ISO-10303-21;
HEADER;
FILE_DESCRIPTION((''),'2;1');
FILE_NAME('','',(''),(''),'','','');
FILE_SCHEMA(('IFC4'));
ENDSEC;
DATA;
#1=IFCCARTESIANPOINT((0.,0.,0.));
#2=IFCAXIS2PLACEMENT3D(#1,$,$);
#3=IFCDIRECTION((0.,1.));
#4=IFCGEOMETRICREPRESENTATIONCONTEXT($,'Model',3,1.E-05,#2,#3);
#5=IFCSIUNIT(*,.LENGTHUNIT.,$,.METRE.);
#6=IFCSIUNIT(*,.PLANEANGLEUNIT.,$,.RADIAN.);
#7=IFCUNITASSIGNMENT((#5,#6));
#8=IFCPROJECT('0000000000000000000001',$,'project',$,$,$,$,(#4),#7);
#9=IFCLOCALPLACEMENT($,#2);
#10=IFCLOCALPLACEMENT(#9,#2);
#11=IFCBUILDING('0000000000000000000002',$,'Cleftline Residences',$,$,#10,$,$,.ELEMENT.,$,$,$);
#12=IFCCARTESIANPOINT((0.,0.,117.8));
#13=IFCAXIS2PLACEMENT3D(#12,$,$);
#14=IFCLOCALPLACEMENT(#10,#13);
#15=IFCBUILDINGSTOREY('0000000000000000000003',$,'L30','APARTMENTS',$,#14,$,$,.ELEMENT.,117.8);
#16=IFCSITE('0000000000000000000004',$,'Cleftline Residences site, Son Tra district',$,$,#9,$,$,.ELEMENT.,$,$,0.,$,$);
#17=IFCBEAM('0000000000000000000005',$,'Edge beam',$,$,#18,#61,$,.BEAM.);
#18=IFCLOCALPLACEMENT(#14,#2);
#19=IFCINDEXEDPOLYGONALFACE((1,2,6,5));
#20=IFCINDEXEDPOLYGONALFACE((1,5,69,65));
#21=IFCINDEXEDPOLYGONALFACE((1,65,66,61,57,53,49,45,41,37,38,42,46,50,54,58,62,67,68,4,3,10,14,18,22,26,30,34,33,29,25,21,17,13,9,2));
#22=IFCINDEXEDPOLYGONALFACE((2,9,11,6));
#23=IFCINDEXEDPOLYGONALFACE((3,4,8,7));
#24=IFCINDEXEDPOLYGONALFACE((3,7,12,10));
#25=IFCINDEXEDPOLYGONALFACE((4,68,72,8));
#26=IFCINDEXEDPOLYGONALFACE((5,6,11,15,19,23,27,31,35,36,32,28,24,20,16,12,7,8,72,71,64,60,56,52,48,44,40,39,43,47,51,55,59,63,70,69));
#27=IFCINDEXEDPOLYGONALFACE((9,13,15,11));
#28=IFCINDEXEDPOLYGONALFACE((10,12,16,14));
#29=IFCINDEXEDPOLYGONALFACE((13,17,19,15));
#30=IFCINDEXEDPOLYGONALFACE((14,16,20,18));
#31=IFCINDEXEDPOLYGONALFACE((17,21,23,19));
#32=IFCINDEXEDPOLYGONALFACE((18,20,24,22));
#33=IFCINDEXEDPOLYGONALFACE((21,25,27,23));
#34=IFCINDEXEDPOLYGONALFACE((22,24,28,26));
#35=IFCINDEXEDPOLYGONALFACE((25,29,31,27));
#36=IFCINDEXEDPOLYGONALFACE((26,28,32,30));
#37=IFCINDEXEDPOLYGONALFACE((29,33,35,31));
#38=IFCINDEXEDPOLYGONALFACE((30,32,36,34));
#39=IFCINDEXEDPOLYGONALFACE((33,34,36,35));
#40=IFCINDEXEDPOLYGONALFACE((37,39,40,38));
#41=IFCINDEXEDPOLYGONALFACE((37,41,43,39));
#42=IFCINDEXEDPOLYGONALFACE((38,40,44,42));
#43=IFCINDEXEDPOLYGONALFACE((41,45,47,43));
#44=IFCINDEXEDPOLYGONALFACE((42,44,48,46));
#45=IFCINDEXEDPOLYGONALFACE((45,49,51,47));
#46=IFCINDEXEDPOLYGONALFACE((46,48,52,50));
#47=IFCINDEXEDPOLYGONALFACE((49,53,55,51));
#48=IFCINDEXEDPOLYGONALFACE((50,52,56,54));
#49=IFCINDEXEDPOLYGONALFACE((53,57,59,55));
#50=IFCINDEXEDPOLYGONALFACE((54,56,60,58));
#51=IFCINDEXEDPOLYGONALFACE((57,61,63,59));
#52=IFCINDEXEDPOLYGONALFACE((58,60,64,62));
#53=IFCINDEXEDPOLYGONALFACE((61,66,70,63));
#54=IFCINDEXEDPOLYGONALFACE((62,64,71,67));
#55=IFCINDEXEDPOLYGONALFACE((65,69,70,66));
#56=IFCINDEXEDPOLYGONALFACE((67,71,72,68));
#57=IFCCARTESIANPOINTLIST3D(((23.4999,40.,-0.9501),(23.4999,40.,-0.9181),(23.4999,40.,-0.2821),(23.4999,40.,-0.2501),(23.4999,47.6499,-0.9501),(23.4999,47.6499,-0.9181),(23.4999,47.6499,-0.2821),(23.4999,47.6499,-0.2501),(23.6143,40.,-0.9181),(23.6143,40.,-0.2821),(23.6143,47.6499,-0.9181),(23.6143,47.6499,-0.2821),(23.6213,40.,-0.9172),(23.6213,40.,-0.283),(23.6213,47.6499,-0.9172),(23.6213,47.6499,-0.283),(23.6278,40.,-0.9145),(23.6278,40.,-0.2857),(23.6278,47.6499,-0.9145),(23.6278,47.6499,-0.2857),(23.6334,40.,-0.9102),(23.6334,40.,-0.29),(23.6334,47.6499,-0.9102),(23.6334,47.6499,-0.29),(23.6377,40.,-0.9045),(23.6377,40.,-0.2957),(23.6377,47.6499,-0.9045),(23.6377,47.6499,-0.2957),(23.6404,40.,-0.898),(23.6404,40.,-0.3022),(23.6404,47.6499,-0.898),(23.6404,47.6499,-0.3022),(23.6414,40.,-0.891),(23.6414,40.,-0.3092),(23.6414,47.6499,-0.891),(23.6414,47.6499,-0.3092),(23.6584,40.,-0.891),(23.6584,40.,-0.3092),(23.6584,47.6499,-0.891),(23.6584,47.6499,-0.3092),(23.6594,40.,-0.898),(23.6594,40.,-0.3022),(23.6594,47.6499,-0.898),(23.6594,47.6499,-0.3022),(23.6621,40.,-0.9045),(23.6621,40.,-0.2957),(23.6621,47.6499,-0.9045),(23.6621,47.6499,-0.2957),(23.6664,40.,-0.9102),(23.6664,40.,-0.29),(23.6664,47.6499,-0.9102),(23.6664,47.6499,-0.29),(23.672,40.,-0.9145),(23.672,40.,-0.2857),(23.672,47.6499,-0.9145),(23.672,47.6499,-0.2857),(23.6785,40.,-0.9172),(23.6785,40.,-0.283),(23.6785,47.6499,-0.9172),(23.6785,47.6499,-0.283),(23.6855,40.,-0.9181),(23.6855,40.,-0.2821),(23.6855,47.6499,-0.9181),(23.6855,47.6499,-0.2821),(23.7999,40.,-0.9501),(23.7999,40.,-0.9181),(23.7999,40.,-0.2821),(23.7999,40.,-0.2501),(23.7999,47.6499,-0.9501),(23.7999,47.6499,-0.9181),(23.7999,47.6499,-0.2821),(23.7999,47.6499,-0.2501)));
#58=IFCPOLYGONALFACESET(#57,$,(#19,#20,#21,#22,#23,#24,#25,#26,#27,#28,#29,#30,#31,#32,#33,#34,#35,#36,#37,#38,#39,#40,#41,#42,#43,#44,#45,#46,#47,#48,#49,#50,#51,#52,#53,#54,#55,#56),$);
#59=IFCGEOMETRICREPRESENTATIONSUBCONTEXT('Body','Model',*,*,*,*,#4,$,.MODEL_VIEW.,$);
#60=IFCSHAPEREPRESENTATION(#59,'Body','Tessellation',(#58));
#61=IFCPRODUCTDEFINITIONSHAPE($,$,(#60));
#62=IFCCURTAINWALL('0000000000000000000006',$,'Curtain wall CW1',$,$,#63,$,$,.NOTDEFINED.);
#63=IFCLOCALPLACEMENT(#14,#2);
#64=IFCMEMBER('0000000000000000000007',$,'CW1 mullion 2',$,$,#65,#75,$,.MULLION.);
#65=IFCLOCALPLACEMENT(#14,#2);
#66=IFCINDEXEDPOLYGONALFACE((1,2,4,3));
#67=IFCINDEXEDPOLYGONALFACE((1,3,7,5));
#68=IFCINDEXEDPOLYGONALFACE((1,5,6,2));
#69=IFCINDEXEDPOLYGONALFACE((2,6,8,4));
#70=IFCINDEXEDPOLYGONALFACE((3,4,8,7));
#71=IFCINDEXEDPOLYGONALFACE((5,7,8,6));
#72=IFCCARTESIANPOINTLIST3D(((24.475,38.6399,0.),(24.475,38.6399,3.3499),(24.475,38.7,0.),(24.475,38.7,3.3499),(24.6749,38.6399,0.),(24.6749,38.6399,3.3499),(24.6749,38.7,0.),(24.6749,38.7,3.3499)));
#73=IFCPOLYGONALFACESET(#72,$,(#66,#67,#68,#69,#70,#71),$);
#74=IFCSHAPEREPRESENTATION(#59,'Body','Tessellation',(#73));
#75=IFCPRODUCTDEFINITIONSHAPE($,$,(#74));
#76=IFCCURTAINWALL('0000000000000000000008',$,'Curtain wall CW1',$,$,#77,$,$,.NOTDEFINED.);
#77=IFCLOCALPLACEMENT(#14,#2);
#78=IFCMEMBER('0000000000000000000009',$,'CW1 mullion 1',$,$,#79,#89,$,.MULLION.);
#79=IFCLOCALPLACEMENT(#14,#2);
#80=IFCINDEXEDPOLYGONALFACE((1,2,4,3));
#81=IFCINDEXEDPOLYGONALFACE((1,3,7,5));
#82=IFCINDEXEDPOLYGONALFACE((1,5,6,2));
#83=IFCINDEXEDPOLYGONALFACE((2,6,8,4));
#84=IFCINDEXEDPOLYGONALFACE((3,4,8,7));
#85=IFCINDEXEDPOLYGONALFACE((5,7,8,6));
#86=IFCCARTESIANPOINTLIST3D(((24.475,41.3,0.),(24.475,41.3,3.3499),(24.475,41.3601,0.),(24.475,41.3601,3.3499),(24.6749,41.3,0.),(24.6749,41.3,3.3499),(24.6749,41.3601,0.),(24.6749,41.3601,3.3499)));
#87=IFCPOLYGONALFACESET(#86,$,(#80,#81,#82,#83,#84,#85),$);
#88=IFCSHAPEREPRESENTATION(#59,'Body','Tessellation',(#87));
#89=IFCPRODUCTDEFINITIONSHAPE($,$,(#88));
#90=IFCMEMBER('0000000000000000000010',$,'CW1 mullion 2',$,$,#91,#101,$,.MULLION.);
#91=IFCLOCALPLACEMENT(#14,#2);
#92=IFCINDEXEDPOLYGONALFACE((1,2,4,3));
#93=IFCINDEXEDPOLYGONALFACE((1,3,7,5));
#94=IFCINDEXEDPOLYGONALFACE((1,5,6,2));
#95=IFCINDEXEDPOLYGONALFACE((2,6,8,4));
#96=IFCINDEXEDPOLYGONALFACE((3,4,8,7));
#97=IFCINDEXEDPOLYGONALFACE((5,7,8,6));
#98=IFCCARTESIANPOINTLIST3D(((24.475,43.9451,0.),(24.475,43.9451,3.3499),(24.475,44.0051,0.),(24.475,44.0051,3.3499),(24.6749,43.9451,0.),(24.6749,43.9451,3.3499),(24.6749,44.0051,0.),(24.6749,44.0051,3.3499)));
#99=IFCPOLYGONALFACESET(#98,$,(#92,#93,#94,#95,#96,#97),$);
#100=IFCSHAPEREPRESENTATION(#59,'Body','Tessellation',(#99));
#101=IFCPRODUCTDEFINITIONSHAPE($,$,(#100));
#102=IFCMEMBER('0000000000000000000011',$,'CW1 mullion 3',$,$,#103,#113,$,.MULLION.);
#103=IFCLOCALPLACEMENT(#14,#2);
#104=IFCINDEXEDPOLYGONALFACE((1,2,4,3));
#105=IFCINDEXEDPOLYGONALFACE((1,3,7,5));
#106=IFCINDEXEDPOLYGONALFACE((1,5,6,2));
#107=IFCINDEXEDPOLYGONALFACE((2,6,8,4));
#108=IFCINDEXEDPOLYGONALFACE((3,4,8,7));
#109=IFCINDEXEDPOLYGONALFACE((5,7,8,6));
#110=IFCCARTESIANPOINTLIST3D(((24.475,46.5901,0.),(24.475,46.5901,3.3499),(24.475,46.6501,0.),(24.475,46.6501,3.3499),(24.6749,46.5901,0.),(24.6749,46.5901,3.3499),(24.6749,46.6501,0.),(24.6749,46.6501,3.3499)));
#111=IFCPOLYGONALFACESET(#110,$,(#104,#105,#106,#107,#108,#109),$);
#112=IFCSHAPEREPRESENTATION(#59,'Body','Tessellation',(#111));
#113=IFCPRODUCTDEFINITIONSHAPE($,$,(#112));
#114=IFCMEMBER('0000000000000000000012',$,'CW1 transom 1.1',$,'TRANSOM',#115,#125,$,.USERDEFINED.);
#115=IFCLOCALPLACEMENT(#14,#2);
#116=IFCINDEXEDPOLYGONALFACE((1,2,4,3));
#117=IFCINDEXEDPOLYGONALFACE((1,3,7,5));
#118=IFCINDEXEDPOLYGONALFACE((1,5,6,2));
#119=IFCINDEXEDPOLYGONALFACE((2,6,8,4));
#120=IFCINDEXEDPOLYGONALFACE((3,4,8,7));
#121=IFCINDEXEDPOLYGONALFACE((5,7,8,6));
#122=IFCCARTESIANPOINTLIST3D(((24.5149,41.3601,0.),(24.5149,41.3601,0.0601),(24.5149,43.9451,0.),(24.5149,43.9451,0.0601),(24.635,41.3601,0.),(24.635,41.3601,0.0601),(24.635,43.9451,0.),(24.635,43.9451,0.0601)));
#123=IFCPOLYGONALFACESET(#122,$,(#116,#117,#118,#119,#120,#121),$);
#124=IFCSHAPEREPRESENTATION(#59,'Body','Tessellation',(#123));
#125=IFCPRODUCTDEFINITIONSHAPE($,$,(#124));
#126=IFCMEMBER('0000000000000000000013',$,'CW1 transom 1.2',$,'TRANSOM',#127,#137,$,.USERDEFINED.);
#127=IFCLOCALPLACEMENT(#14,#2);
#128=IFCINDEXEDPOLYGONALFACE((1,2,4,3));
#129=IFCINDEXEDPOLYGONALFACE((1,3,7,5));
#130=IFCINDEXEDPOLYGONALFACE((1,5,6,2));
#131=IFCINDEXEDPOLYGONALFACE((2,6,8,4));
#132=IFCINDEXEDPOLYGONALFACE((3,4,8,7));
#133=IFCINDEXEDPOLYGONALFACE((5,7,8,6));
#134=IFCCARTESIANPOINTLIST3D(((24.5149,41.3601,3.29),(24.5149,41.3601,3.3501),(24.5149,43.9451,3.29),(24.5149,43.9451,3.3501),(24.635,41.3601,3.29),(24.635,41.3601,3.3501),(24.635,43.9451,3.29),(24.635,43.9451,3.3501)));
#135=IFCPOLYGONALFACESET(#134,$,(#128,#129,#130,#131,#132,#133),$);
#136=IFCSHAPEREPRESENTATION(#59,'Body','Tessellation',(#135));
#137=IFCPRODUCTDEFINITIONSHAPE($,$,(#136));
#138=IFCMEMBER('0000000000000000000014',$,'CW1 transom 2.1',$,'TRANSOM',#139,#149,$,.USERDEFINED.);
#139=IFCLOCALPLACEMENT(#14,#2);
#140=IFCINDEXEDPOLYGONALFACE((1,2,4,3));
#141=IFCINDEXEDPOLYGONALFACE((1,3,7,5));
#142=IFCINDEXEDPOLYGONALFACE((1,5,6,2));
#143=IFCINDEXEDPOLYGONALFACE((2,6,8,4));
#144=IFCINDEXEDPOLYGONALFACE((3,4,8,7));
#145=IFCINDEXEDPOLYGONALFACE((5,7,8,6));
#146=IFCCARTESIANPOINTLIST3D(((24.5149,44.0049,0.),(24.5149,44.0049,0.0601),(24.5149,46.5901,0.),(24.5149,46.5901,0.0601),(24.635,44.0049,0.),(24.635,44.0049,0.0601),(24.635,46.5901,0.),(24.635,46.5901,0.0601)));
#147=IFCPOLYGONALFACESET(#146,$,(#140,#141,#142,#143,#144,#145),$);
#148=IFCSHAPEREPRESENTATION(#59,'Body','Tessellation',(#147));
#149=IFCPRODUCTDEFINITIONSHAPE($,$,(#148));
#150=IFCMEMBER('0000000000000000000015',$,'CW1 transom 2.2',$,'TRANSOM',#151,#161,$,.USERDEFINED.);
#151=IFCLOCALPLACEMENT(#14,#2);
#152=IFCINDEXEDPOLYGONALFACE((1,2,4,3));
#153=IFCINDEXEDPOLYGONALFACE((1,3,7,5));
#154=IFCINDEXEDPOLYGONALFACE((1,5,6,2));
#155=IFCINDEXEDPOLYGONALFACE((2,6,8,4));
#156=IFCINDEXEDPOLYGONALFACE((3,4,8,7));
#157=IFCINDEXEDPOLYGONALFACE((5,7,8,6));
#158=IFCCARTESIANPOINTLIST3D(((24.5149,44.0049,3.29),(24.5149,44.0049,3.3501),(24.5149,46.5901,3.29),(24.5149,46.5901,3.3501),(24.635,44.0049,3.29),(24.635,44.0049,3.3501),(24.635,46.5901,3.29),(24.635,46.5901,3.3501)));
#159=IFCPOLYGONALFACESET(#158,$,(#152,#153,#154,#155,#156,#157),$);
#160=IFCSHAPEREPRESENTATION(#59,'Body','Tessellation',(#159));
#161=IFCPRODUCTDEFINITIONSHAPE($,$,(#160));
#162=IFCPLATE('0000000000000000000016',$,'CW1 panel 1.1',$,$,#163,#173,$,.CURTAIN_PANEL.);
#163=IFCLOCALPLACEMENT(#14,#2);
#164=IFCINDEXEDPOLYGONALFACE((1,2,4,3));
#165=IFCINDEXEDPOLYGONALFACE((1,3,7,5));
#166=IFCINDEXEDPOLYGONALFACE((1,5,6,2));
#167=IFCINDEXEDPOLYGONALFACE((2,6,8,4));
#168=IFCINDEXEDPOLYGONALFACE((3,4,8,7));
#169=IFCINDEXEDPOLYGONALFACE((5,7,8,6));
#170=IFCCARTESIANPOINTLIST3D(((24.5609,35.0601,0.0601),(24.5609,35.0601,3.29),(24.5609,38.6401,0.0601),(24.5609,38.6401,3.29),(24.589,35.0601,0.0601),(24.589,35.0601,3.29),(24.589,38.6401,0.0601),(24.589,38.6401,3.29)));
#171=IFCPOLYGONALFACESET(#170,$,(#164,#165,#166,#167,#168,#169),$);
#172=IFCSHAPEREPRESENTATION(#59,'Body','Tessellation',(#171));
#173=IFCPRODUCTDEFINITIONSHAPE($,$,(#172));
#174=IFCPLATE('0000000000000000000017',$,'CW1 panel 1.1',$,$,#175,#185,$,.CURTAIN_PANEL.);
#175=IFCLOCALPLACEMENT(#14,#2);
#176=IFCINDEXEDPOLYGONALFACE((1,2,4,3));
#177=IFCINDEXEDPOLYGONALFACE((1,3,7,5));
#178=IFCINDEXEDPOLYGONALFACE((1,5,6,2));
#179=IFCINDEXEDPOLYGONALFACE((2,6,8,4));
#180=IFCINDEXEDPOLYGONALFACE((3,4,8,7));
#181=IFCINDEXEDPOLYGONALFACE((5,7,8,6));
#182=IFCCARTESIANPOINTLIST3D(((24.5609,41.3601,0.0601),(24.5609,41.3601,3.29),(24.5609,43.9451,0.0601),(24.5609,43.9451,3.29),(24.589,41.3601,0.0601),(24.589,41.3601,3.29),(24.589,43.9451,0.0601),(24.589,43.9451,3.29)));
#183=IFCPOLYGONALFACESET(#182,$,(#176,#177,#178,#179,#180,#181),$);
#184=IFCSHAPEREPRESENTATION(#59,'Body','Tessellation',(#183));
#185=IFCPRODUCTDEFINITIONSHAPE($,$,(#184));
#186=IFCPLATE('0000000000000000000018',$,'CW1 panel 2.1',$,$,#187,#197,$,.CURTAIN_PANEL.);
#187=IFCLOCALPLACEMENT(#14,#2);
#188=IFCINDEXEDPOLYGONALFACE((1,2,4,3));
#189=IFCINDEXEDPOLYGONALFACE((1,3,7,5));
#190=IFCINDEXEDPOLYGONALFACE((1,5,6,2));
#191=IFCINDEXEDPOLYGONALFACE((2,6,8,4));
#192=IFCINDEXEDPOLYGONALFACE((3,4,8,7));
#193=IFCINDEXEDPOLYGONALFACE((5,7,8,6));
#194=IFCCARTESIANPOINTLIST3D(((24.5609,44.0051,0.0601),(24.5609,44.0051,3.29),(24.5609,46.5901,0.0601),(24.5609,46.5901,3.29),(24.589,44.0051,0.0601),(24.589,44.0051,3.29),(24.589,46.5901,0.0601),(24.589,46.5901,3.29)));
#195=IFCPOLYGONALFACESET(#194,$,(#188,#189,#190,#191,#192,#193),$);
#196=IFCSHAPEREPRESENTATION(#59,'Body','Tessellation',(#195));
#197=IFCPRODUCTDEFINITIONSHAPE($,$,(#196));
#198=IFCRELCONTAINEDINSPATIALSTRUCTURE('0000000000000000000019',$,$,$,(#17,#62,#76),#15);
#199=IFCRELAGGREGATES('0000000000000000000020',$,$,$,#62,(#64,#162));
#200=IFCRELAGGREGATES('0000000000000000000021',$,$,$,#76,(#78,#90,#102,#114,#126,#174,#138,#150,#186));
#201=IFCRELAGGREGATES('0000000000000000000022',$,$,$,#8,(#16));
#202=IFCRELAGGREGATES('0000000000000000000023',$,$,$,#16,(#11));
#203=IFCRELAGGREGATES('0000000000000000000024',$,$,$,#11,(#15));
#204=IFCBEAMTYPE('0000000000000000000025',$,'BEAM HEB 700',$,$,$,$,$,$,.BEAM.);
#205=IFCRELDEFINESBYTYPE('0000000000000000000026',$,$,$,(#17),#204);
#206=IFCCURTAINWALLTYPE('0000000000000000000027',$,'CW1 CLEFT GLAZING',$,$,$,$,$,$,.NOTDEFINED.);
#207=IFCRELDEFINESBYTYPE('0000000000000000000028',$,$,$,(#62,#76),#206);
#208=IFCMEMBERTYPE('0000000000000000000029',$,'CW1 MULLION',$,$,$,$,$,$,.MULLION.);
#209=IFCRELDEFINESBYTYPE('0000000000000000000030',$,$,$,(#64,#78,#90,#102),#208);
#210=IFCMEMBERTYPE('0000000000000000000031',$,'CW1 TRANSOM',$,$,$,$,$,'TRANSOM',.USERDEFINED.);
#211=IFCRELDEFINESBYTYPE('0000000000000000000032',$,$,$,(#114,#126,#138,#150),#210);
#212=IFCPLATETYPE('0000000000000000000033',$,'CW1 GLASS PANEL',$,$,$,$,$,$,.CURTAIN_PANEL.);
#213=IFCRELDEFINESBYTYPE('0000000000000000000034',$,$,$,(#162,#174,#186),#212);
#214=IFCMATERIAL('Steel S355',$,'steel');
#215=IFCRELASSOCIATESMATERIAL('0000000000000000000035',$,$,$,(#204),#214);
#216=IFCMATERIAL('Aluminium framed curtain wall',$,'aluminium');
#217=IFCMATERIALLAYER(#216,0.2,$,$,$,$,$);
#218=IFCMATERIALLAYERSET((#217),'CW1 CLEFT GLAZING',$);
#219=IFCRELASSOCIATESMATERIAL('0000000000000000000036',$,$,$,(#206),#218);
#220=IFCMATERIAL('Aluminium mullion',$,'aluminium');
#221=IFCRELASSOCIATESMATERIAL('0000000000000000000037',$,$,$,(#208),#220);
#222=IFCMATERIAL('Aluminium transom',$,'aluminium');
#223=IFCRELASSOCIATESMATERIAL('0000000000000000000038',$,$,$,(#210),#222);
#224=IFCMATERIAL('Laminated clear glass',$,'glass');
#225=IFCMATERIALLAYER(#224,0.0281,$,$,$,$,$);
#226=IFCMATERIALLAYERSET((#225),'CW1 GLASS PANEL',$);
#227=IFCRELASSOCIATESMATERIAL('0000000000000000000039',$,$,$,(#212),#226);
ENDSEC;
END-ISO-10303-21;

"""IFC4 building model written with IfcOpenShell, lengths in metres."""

from ifc_helpers import new_model, si_unit, direction, frame, origin, origin_2d, place, context, subcontext, project, spatial, rectangle, i_section, extrude, material, layer, layer_set, material_profile, profile_set, type_object, element, aggregate, save


model = new_model("IFC4")

# Units and contexts
model_context = context("Model", 3, precision=1e-05, world=origin(), true_north=direction((0.0, 1.0)))
body_context = subcontext(model_context, "Body", "Model", "MODEL_VIEW")
ifc_project = project(units=[si_unit("LENGTHUNIT", "METRE"), si_unit("PLANEANGLEUNIT", "RADIAN")], contexts=[model_context])

# Site, building, storey
site_placement = place(None, origin())
site = spatial("IfcSite", under=ifc_project, at=site_placement, Name="Cleftline Residences site, Son Tra district", CompositionType="ELEMENT", RefElevation=0.0)
building_placement = place(site_placement, origin())
building = spatial("IfcBuilding", under=site, at=building_placement, Name="Cleftline Residences", CompositionType="ELEMENT")
storey_placement = place(building_placement, frame((0.0, 0.0, 117.8)))
storey = spatial("IfcBuildingStorey", under=building, at=storey_placement, Name="L30", Description="APARTMENTS", CompositionType="ELEMENT", Elevation=117.8)

# Beam
ifc_material_1 = material(Name="Steel S355", Category="steel")
ifc_material_profile_1 = material_profile(ifc_material_1, i_section(OverallWidth=0.3, OverallDepth=0.7, WebThickness=0.0171, FlangeThickness=0.032, FilletRadius=0.0271, at=origin_2d()))
ifc_profile_set_1 = profile_set([ifc_material_profile_1], Name="Steel S355")
beam_type = type_object("IfcBeamType", Name="BEAM HEB 700", PredefinedType="BEAM", material=ifc_profile_set_1)
beam_placement = place(storey_placement, frame((23.6499, 47.6499, -0.6001), z_axis=(0.0, -1.0, 0.0), x_axis=(1.0, 0.0, 0.0)))
element("IfcBeam", 1, at=beam_placement, inside=storey, type_object=beam_type, Name="Edge beam", PredefinedType="BEAM", context=body_context, shape_type="SweptSolid", body=[
    extrude(i_section(OverallWidth=0.3, OverallDepth=0.7, WebThickness=0.0171, FlangeThickness=0.032, FilletRadius=0.0271, at=origin_2d()), origin(), (0.0, 0.0, 1.0), 7.6499),
])

# Curtain wall, member
ifc_material_2 = material(Name="Aluminium framed curtain wall", Category="aluminium")
ifc_layer_1 = layer(ifc_material_2, 0.2)
ifc_layer_set_1 = layer_set([ifc_layer_1], Name="CW1 CLEFT GLAZING")
curtain_wall_type = type_object("IfcCurtainWallType", Name="CW1 CLEFT GLAZING", PredefinedType="NOTDEFINED", material=ifc_layer_set_1)
curtain_wall_1_placement = place(storey_placement, origin())
curtain_wall_1 = element("IfcCurtainWall", 2, at=curtain_wall_1_placement, inside=storey, type_object=curtain_wall_type, Name="Curtain wall CW1", PredefinedType="NOTDEFINED")
ifc_material_3 = material(Name="Aluminium mullion", Category="aluminium")
ifc_material_profile_2 = material_profile(ifc_material_3, rectangle(XDim=0.2, YDim=0.0601, at=origin_2d()))
ifc_profile_set_2 = profile_set([ifc_material_profile_2], Name="Aluminium mullion")
member_type_1 = type_object("IfcMemberType", Name="CW1 MULLION", PredefinedType="MULLION", material=ifc_profile_set_2)
member_1_placement = place(storey_placement, frame((24.575, 38.6699, 0.0), z_axis=(0.0, 0.0, 1.0), x_axis=(-1.0, 0.0, 0.0)))
member_1 = element("IfcMember", 3, at=member_1_placement, type_object=member_type_1, Name="CW1 mullion 2", PredefinedType="MULLION", context=body_context, shape_type="SweptSolid", body=[
    extrude(rectangle(XDim=0.2, YDim=0.0601, at=origin_2d()), origin(), (0.0, 0.0, 1.0), 3.3499),
])

# Curtain wall, members
curtain_wall_2_placement = place(storey_placement, origin())
curtain_wall_2 = element("IfcCurtainWall", 4, at=curtain_wall_2_placement, inside=storey, type_object=curtain_wall_type, Name="Curtain wall CW1", PredefinedType="NOTDEFINED")
member_2_placement = place(storey_placement, frame((24.575, 41.3301, 0.0), z_axis=(0.0, 0.0, 1.0), x_axis=(-1.0, 0.0, 0.0)))
member_2 = element("IfcMember", 5, at=member_2_placement, type_object=member_type_1, Name="CW1 mullion 1", PredefinedType="MULLION", context=body_context, shape_type="SweptSolid", body=[
    extrude(rectangle(XDim=0.2, YDim=0.0601, at=origin_2d()), origin(), (0.0, 0.0, 1.0), 3.3499),
])
member_3_placement = place(storey_placement, frame((24.575, 43.9751, 0.0), z_axis=(0.0, 0.0, 1.0), x_axis=(-1.0, 0.0, 0.0)))
member_3 = element("IfcMember", 6, at=member_3_placement, type_object=member_type_1, Name="CW1 mullion 2", PredefinedType="MULLION", context=body_context, shape_type="SweptSolid", body=[
    extrude(rectangle(XDim=0.2, YDim=0.0601, at=origin_2d()), origin(), (0.0, 0.0, 1.0), 3.3499),
])
member_4_placement = place(storey_placement, frame((24.575, 46.6201, 0.0), z_axis=(0.0, 0.0, 1.0), x_axis=(-1.0, 0.0, 0.0)))
member_4 = element("IfcMember", 7, at=member_4_placement, type_object=member_type_1, Name="CW1 mullion 3", PredefinedType="MULLION", context=body_context, shape_type="SweptSolid", body=[
    extrude(rectangle(XDim=0.2, YDim=0.0601, at=origin_2d()), origin(), (0.0, 0.0, 1.0), 3.3499),
])
ifc_material_4 = material(Name="Aluminium transom", Category="aluminium")
ifc_material_profile_3 = material_profile(ifc_material_4, rectangle(XDim=0.1201, YDim=0.0601, at=origin_2d()))
ifc_profile_set_3 = profile_set([ifc_material_profile_3], Name="Aluminium transom")
member_type_2 = type_object("IfcMemberType", Name="CW1 TRANSOM", ElementType="TRANSOM", PredefinedType="USERDEFINED", material=ifc_profile_set_3)
member_5_placement = place(storey_placement, frame((24.575, 41.3601, 0.03), z_axis=(0.0, 1.0, 0.0), x_axis=(-1.0, 0.0, 0.0)))
member_5 = element("IfcMember", 8, at=member_5_placement, type_object=member_type_2, Name="CW1 transom 1.1", ObjectType="TRANSOM", PredefinedType="USERDEFINED", context=body_context, shape_type="SweptSolid", body=[
    extrude(rectangle(XDim=0.1201, YDim=0.0601, at=origin_2d()), origin(), (0.0, 0.0, 1.0), 2.585),
])
member_6_placement = place(storey_placement, frame((24.575, 41.3601, 3.3201), z_axis=(0.0, 1.0, 0.0), x_axis=(-1.0, 0.0, 0.0)))
member_6 = element("IfcMember", 9, at=member_6_placement, type_object=member_type_2, Name="CW1 transom 1.2", ObjectType="TRANSOM", PredefinedType="USERDEFINED", context=body_context, shape_type="SweptSolid", body=[
    extrude(rectangle(XDim=0.1201, YDim=0.0601, at=origin_2d()), origin(), (0.0, 0.0, 1.0), 2.585),
])
member_7_placement = place(storey_placement, frame((24.575, 44.0049, 0.03), z_axis=(0.0, 1.0, 0.0), x_axis=(-1.0, 0.0, 0.0)))
member_7 = element("IfcMember", 10, at=member_7_placement, type_object=member_type_2, Name="CW1 transom 2.1", ObjectType="TRANSOM", PredefinedType="USERDEFINED", context=body_context, shape_type="SweptSolid", body=[
    extrude(rectangle(XDim=0.1201, YDim=0.0601, at=origin_2d()), origin(), (0.0, 0.0, 1.0), 2.5852),
])
member_8_placement = place(storey_placement, frame((24.575, 44.0049, 3.3201), z_axis=(0.0, 1.0, 0.0), x_axis=(-1.0, 0.0, 0.0)))
member_8 = element("IfcMember", 11, at=member_8_placement, type_object=member_type_2, Name="CW1 transom 2.2", ObjectType="TRANSOM", PredefinedType="USERDEFINED", context=body_context, shape_type="SweptSolid", body=[
    extrude(rectangle(XDim=0.1201, YDim=0.0601, at=origin_2d()), origin(), (0.0, 0.0, 1.0), 2.5852),
])

# Plates
ifc_material_5 = material(Name="Laminated clear glass", Category="glass")
ifc_layer_2 = layer(ifc_material_5, 0.0281)
ifc_layer_set_2 = layer_set([ifc_layer_2], Name="CW1 GLASS PANEL")
plate_type = type_object("IfcPlateType", Name="CW1 GLASS PANEL", PredefinedType="CURTAIN_PANEL", material=ifc_layer_set_2)
plate_1_placement = place(storey_placement, frame((24.575, 36.8501, 0.0601), z_axis=(0.0, 0.0, 1.0), x_axis=(0.0, 1.0, 0.0)))
plate_1 = element("IfcPlate", 12, at=plate_1_placement, type_object=plate_type, Name="CW1 panel 1.1", PredefinedType="CURTAIN_PANEL", context=body_context, shape_type="SweptSolid", body=[
    extrude(rectangle(XDim=3.5801, YDim=0.0281, at=origin_2d()), origin(), (0.0, 0.0, 1.0), 3.23),
])
aggregate(curtain_wall_1, [member_1, plate_1])
plate_2_placement = place(storey_placement, frame((24.575, 42.6526, 0.0601), z_axis=(0.0, 0.0, 1.0), x_axis=(0.0, 1.0, 0.0)))
plate_2 = element("IfcPlate", 13, at=plate_2_placement, type_object=plate_type, Name="CW1 panel 1.1", PredefinedType="CURTAIN_PANEL", context=body_context, shape_type="SweptSolid", body=[
    extrude(rectangle(XDim=2.585, YDim=0.0281, at=origin_2d()), origin(), (0.0, 0.0, 1.0), 3.23),
])
plate_3_placement = place(storey_placement, frame((24.575, 45.2976, 0.0601), z_axis=(0.0, 0.0, 1.0), x_axis=(0.0, 1.0, 0.0)))
plate_3 = element("IfcPlate", 14, at=plate_3_placement, type_object=plate_type, Name="CW1 panel 2.1", PredefinedType="CURTAIN_PANEL", context=body_context, shape_type="SweptSolid", body=[
    extrude(rectangle(XDim=2.585, YDim=0.0281, at=origin_2d()), origin(), (0.0, 0.0, 1.0), 3.23),
])
aggregate(curtain_wall_2, [member_2, member_3, member_4, member_5, member_6, plate_2, member_7, member_8, plate_3])

save(model, "model.ifc")
